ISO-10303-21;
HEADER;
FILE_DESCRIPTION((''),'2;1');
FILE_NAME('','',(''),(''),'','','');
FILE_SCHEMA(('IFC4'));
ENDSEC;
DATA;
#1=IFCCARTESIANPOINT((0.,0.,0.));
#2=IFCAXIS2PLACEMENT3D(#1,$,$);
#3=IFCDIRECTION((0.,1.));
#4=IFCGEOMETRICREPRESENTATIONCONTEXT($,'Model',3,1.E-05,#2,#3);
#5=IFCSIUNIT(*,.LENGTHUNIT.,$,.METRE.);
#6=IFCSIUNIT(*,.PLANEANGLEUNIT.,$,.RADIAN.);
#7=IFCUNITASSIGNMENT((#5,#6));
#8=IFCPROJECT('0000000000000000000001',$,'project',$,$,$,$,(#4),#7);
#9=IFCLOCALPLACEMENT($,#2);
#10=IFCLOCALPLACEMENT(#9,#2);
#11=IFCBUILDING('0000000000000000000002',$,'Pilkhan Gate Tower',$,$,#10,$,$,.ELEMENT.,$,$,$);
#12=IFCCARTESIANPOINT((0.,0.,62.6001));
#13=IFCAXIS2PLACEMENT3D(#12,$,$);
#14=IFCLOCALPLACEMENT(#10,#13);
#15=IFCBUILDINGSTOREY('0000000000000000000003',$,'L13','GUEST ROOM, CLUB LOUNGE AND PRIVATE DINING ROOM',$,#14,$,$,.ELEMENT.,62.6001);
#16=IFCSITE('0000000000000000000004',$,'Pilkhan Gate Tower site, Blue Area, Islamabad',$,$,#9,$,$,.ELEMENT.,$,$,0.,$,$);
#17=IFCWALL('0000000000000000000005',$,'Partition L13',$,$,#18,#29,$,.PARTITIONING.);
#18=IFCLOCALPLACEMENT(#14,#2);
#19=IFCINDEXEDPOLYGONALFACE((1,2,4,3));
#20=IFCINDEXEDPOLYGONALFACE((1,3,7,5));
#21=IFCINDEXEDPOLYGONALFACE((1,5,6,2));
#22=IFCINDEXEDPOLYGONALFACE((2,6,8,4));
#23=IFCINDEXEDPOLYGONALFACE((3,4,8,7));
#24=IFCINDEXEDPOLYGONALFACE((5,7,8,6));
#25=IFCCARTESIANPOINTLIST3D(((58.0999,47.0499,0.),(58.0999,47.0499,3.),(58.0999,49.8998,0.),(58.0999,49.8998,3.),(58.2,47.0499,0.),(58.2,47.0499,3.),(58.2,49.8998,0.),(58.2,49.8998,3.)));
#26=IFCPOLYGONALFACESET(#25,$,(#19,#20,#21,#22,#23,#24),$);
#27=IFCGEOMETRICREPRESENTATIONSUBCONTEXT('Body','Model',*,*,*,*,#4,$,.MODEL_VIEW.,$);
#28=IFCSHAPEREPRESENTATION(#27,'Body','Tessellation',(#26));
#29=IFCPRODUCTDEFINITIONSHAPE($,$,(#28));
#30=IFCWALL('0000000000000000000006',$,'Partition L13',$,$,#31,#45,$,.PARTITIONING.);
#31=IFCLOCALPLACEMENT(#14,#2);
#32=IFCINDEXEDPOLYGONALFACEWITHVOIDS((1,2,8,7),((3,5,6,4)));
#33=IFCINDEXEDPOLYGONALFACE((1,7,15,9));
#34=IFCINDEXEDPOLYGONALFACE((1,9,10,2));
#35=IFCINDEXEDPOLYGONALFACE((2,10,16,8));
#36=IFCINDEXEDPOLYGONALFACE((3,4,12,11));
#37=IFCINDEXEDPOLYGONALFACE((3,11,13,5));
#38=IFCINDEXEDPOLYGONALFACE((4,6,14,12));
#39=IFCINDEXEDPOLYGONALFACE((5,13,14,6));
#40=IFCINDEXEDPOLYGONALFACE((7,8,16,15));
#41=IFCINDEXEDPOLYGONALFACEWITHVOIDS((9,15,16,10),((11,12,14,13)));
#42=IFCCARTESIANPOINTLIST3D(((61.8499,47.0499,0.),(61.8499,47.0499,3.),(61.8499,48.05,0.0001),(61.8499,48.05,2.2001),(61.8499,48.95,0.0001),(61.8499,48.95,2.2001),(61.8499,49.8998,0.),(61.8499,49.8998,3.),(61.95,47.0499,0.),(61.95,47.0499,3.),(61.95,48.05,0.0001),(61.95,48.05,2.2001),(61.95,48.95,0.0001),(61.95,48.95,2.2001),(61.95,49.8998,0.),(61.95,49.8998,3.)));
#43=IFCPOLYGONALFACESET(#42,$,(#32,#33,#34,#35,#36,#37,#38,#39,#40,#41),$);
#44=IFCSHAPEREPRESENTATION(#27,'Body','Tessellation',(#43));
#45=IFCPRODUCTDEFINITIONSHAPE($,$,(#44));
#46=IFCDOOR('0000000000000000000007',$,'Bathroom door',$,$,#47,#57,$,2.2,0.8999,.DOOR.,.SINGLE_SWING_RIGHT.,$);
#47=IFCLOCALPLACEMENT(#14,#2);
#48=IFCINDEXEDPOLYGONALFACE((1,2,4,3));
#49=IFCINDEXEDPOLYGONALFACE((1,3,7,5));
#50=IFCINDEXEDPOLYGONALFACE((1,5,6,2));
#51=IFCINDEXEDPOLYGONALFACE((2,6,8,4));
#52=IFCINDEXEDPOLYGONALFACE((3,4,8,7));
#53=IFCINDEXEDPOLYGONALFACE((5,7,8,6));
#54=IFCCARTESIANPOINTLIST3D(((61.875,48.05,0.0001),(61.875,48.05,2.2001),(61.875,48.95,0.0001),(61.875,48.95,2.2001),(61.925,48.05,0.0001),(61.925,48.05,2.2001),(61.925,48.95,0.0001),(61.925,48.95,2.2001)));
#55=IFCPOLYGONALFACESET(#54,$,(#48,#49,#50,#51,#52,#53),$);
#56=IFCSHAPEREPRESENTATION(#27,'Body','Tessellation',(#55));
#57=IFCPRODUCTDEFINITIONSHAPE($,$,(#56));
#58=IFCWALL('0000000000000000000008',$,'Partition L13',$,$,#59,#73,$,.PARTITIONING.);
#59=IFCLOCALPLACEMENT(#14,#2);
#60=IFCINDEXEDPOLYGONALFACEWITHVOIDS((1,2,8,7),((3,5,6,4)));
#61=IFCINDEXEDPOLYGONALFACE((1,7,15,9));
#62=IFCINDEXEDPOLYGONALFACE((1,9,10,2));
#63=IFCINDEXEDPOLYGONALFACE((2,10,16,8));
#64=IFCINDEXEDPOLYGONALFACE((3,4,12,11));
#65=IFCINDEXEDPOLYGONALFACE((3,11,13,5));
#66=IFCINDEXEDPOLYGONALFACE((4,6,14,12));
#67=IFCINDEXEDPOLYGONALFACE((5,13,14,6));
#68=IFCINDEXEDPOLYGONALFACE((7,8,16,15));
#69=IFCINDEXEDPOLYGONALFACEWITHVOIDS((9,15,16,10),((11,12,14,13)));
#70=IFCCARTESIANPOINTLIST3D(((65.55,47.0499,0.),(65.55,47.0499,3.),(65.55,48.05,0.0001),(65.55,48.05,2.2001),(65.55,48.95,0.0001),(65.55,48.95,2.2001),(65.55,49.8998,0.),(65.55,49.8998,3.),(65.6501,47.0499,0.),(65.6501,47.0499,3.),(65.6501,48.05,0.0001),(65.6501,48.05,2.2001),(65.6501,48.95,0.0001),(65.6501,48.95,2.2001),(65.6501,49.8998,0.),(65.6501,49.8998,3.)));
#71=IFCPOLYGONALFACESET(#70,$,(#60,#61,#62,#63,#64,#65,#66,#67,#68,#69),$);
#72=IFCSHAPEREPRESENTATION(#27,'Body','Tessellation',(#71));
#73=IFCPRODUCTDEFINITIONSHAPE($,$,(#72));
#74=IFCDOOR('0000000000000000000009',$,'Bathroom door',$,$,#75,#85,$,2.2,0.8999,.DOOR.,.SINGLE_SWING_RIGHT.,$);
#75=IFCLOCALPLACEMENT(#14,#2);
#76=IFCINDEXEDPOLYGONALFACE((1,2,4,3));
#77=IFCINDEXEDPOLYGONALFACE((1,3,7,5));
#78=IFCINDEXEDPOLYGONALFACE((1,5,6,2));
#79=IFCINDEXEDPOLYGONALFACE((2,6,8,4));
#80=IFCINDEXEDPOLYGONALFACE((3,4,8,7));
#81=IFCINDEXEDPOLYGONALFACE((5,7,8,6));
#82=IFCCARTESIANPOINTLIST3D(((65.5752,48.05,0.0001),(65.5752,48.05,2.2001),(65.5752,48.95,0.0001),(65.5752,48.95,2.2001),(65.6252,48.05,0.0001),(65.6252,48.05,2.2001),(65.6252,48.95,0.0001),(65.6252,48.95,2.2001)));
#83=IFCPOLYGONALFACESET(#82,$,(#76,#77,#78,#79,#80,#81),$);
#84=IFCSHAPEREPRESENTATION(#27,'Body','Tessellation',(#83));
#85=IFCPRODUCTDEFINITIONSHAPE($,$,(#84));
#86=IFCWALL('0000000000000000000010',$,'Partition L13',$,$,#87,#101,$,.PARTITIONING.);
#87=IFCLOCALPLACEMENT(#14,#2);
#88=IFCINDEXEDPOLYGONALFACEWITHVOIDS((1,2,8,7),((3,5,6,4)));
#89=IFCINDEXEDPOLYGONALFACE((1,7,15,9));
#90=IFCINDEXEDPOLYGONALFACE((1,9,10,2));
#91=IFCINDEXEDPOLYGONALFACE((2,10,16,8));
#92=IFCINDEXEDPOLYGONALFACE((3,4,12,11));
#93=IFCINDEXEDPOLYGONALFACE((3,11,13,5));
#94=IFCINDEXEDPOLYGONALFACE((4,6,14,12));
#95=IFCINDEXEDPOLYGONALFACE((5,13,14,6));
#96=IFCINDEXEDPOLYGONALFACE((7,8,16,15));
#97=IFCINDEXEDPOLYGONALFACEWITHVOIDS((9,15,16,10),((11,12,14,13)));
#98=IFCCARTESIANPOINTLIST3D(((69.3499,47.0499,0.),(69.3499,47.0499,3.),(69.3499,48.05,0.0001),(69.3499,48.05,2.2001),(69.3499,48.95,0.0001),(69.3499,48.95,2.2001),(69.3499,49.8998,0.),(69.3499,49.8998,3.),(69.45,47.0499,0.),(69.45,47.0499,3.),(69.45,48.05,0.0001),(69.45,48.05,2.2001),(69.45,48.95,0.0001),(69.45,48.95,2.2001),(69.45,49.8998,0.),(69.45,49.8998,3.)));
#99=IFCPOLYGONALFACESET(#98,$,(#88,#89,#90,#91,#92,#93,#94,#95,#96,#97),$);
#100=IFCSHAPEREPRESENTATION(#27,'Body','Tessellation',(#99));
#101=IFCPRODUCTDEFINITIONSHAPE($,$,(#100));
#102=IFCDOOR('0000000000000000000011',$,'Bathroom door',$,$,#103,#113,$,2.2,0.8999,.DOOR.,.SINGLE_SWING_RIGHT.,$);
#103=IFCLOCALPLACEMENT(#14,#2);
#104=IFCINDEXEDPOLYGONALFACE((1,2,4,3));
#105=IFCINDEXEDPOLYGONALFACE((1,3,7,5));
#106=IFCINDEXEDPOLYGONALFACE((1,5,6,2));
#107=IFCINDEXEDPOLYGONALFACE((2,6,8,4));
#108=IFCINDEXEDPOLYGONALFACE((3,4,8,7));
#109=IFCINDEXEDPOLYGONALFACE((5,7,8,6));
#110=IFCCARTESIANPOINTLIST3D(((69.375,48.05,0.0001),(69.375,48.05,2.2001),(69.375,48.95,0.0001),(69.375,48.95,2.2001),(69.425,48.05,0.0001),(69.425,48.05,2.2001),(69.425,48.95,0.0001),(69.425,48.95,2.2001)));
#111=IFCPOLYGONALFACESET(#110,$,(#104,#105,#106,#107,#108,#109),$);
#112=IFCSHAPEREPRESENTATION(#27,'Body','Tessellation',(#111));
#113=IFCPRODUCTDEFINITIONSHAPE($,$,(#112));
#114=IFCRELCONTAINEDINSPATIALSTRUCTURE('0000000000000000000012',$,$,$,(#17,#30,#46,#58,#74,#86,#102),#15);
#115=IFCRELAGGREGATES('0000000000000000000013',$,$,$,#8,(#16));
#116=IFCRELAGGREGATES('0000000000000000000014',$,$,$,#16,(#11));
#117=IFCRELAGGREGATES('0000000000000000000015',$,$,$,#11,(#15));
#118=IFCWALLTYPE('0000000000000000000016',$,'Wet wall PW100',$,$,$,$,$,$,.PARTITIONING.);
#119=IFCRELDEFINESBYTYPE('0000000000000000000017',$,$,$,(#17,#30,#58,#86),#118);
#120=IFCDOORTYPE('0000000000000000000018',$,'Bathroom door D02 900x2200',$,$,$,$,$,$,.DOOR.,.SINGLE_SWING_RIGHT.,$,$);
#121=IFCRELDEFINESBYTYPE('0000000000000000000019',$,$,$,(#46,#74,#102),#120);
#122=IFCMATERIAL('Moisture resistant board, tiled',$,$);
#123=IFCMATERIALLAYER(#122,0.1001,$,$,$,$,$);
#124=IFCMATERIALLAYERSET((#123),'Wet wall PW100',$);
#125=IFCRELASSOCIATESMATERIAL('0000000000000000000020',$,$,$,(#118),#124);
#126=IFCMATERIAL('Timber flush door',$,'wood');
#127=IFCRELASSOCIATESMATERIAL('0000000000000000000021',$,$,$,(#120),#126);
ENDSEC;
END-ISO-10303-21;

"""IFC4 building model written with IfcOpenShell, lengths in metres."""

from ifc_helpers import new_model, si_unit, direction, frame, frame_2d, origin, place, context, subcontext, project, spatial, rectangle, extrude, material, layer, layer_set, type_object, element, fill, save


model = new_model("IFC4")

# Units and contexts
model_context = context("Model", 3, precision=1e-05, world=origin(), true_north=direction((0.0, 1.0)))
body_context = subcontext(model_context, "Body", "Model", "MODEL_VIEW")
ifc_project = project(units=[si_unit("LENGTHUNIT", "METRE"), si_unit("PLANEANGLEUNIT", "RADIAN")], contexts=[model_context])

# Site, building, storey
site_placement = place(None, origin())
site = spatial("IfcSite", under=ifc_project, at=site_placement, Name="Pilkhan Gate Tower site, Blue Area, Islamabad", CompositionType="ELEMENT", RefElevation=0.0)
building_placement = place(site_placement, origin())
building = spatial("IfcBuilding", under=site, at=building_placement, Name="Pilkhan Gate Tower", CompositionType="ELEMENT")
storey_placement = place(building_placement, frame((0.0, 0.0, 62.6001)))
storey = spatial("IfcBuildingStorey", under=building, at=storey_placement, Name="L13", Description="GUEST ROOM, CLUB LOUNGE AND PRIVATE DINING ROOM", CompositionType="ELEMENT", Elevation=62.6001)

# Shared definitions
ifc_material_1 = material(Name="Moisture resistant board, tiled")
ifc_layer_1 = layer(ifc_material_1, 0.1001)
ifc_layer_set_1 = layer_set([ifc_layer_1], Name="Wet wall PW100")
wall_type_1 = type_object("IfcWallType", Name="Wet wall PW100", PredefinedType="PARTITIONING", material=ifc_layer_set_1)
ifc_material_2 = material(Name="Timber flush door", Category="wood")
door_type = type_object("IfcDoorType", Name="Bathroom door D02 900x2200", OperationType="SINGLE_SWING_RIGHT", PredefinedType="DOOR", material=ifc_material_2)

# Wall
wall_1_placement = place(storey_placement, frame((58.1499, 47.05, 0.0), z_axis=(0.0, 0.0, 1.0), x_axis=(0.0, 1.0, 0.0)))
element("IfcWall", 1, at=wall_1_placement, inside=storey, type_object=wall_type_1, Name="Partition L13", PredefinedType="PARTITIONING", context=body_context, shape_type="SweptSolid", body=[
    extrude(rectangle(XDim=2.8499, YDim=0.1001, at=frame_2d((1.4248, 0.0))), origin(), (0.0, 0.0, 1.0), 3.0),
])

# Walls, openings, doors
wall_2_placement = place(storey_placement, frame((61.8999, 47.05, 0.0), z_axis=(0.0, 0.0, 1.0), x_axis=(0.0, 1.0, 0.0)))
wall_2 = element("IfcWall", 2, at=wall_2_placement, inside=storey, type_object=wall_type_1, Name="Partition L13", PredefinedType="PARTITIONING", context=body_context, shape_type="SweptSolid", body=[
    extrude(rectangle(XDim=2.8499, YDim=0.1001, at=frame_2d((1.4248, 0.0))), origin(), (0.0, 0.0, 1.0), 3.0),
])
opening_1_placement = place(wall_2_placement, frame((1.0, 0.0, 0.0)))
opening_1 = element("IfcOpeningElement", 3, at=opening_1_placement, cuts=wall_2, PredefinedType="OPENING", context=body_context, shape_type="SweptSolid", body=[
    extrude(rectangle(XDim=0.8999, YDim=2.2, at=frame_2d((0.45, 1.1001))), frame((0.0, 0.0601, 0.0), z_axis=(0.0, -1.0, 0.0), x_axis=(1.0, 0.0, 0.0)), (0.0, 0.0, 1.0), 0.1201),
])
door_1_placement = place(opening_1_placement, origin())
door_1 = element("IfcDoor", 4, at=door_1_placement, inside=storey, type_object=door_type, Name="Bathroom door", OperationType="SINGLE_SWING_RIGHT", OverallHeight=2.2, OverallWidth=0.8999, PredefinedType="DOOR", context=body_context, shape_type="SweptSolid", body=[
    extrude(rectangle(XDim=0.8999, YDim=2.2, at=frame_2d((0.45, 1.1001))), frame((0.0, 0.0249, 0.0), z_axis=(0.0, -1.0, 0.0), x_axis=(1.0, 0.0, 0.0)), (0.0, 0.0, 1.0), 0.05),
])
fill(opening_1, door_1)
wall_3_placement = place(storey_placement, frame((65.6001, 47.05, 0.0), z_axis=(0.0, 0.0, 1.0), x_axis=(0.0, 1.0, 0.0)))
wall_3 = element("IfcWall", 5, at=wall_3_placement, inside=storey, type_object=wall_type_1, Name="Partition L13", PredefinedType="PARTITIONING", context=body_context, shape_type="SweptSolid", body=[
    extrude(rectangle(XDim=2.8499, YDim=0.1001, at=frame_2d((1.4248, 0.0))), origin(), (0.0, 0.0, 1.0), 3.0),
])
opening_2_placement = place(wall_3_placement, frame((1.0, 0.0, 0.0)))
opening_2 = element("IfcOpeningElement", 6, at=opening_2_placement, cuts=wall_3, PredefinedType="OPENING", context=body_context, shape_type="SweptSolid", body=[
    extrude(rectangle(XDim=0.8999, YDim=2.2, at=frame_2d((0.45, 1.1001))), frame((0.0, 0.0601, 0.0), z_axis=(0.0, -1.0, 0.0), x_axis=(1.0, 0.0, 0.0)), (0.0, 0.0, 1.0), 0.1201),
])
door_2_placement = place(opening_2_placement, origin())
door_2 = element("IfcDoor", 7, at=door_2_placement, inside=storey, type_object=door_type, Name="Bathroom door", OperationType="SINGLE_SWING_RIGHT", OverallHeight=2.2, OverallWidth=0.8999, PredefinedType="DOOR", context=body_context, shape_type="SweptSolid", body=[
    extrude(rectangle(XDim=0.8999, YDim=2.2, at=frame_2d((0.45, 1.1001))), frame((0.0, 0.0249, 0.0), z_axis=(0.0, -1.0, 0.0), x_axis=(1.0, 0.0, 0.0)), (0.0, 0.0, 1.0), 0.05),
])
fill(opening_2, door_2)
wall_4_placement = place(storey_placement, frame((69.3999, 47.05, 0.0), z_axis=(0.0, 0.0, 1.0), x_axis=(0.0, 1.0, 0.0)))
wall_4 = element("IfcWall", 8, at=wall_4_placement, inside=storey, type_object=wall_type_1, Name="Partition L13", PredefinedType="PARTITIONING", context=body_context, shape_type="SweptSolid", body=[
    extrude(rectangle(XDim=2.8499, YDim=0.1001, at=frame_2d((1.4248, 0.0))), origin(), (0.0, 0.0, 1.0), 3.0),
])
opening_3_placement = place(wall_4_placement, frame((1.0, 0.0, 0.0)))
opening_3 = element("IfcOpeningElement", 9, at=opening_3_placement, cuts=wall_4, PredefinedType="OPENING", context=body_context, shape_type="SweptSolid", body=[
    extrude(rectangle(XDim=0.8999, YDim=2.2, at=frame_2d((0.45, 1.1001))), frame((0.0, 0.0601, 0.0), z_axis=(0.0, -1.0, 0.0), x_axis=(1.0, 0.0, 0.0)), (0.0, 0.0, 1.0), 0.1201),
])
door_3_placement = place(opening_3_placement, origin())
door_3 = element("IfcDoor", 10, at=door_3_placement, inside=storey, type_object=door_type, Name="Bathroom door", OperationType="SINGLE_SWING_RIGHT", OverallHeight=2.2, OverallWidth=0.8999, PredefinedType="DOOR", context=body_context, shape_type="SweptSolid", body=[
    extrude(rectangle(XDim=0.8999, YDim=2.2, at=frame_2d((0.45, 1.1001))), frame((0.0, 0.0249, 0.0), z_axis=(0.0, -1.0, 0.0), x_axis=(1.0, 0.0, 0.0)), (0.0, 0.0, 1.0), 0.05),
])
fill(opening_3, door_3)

save(model, "model.ifc")
